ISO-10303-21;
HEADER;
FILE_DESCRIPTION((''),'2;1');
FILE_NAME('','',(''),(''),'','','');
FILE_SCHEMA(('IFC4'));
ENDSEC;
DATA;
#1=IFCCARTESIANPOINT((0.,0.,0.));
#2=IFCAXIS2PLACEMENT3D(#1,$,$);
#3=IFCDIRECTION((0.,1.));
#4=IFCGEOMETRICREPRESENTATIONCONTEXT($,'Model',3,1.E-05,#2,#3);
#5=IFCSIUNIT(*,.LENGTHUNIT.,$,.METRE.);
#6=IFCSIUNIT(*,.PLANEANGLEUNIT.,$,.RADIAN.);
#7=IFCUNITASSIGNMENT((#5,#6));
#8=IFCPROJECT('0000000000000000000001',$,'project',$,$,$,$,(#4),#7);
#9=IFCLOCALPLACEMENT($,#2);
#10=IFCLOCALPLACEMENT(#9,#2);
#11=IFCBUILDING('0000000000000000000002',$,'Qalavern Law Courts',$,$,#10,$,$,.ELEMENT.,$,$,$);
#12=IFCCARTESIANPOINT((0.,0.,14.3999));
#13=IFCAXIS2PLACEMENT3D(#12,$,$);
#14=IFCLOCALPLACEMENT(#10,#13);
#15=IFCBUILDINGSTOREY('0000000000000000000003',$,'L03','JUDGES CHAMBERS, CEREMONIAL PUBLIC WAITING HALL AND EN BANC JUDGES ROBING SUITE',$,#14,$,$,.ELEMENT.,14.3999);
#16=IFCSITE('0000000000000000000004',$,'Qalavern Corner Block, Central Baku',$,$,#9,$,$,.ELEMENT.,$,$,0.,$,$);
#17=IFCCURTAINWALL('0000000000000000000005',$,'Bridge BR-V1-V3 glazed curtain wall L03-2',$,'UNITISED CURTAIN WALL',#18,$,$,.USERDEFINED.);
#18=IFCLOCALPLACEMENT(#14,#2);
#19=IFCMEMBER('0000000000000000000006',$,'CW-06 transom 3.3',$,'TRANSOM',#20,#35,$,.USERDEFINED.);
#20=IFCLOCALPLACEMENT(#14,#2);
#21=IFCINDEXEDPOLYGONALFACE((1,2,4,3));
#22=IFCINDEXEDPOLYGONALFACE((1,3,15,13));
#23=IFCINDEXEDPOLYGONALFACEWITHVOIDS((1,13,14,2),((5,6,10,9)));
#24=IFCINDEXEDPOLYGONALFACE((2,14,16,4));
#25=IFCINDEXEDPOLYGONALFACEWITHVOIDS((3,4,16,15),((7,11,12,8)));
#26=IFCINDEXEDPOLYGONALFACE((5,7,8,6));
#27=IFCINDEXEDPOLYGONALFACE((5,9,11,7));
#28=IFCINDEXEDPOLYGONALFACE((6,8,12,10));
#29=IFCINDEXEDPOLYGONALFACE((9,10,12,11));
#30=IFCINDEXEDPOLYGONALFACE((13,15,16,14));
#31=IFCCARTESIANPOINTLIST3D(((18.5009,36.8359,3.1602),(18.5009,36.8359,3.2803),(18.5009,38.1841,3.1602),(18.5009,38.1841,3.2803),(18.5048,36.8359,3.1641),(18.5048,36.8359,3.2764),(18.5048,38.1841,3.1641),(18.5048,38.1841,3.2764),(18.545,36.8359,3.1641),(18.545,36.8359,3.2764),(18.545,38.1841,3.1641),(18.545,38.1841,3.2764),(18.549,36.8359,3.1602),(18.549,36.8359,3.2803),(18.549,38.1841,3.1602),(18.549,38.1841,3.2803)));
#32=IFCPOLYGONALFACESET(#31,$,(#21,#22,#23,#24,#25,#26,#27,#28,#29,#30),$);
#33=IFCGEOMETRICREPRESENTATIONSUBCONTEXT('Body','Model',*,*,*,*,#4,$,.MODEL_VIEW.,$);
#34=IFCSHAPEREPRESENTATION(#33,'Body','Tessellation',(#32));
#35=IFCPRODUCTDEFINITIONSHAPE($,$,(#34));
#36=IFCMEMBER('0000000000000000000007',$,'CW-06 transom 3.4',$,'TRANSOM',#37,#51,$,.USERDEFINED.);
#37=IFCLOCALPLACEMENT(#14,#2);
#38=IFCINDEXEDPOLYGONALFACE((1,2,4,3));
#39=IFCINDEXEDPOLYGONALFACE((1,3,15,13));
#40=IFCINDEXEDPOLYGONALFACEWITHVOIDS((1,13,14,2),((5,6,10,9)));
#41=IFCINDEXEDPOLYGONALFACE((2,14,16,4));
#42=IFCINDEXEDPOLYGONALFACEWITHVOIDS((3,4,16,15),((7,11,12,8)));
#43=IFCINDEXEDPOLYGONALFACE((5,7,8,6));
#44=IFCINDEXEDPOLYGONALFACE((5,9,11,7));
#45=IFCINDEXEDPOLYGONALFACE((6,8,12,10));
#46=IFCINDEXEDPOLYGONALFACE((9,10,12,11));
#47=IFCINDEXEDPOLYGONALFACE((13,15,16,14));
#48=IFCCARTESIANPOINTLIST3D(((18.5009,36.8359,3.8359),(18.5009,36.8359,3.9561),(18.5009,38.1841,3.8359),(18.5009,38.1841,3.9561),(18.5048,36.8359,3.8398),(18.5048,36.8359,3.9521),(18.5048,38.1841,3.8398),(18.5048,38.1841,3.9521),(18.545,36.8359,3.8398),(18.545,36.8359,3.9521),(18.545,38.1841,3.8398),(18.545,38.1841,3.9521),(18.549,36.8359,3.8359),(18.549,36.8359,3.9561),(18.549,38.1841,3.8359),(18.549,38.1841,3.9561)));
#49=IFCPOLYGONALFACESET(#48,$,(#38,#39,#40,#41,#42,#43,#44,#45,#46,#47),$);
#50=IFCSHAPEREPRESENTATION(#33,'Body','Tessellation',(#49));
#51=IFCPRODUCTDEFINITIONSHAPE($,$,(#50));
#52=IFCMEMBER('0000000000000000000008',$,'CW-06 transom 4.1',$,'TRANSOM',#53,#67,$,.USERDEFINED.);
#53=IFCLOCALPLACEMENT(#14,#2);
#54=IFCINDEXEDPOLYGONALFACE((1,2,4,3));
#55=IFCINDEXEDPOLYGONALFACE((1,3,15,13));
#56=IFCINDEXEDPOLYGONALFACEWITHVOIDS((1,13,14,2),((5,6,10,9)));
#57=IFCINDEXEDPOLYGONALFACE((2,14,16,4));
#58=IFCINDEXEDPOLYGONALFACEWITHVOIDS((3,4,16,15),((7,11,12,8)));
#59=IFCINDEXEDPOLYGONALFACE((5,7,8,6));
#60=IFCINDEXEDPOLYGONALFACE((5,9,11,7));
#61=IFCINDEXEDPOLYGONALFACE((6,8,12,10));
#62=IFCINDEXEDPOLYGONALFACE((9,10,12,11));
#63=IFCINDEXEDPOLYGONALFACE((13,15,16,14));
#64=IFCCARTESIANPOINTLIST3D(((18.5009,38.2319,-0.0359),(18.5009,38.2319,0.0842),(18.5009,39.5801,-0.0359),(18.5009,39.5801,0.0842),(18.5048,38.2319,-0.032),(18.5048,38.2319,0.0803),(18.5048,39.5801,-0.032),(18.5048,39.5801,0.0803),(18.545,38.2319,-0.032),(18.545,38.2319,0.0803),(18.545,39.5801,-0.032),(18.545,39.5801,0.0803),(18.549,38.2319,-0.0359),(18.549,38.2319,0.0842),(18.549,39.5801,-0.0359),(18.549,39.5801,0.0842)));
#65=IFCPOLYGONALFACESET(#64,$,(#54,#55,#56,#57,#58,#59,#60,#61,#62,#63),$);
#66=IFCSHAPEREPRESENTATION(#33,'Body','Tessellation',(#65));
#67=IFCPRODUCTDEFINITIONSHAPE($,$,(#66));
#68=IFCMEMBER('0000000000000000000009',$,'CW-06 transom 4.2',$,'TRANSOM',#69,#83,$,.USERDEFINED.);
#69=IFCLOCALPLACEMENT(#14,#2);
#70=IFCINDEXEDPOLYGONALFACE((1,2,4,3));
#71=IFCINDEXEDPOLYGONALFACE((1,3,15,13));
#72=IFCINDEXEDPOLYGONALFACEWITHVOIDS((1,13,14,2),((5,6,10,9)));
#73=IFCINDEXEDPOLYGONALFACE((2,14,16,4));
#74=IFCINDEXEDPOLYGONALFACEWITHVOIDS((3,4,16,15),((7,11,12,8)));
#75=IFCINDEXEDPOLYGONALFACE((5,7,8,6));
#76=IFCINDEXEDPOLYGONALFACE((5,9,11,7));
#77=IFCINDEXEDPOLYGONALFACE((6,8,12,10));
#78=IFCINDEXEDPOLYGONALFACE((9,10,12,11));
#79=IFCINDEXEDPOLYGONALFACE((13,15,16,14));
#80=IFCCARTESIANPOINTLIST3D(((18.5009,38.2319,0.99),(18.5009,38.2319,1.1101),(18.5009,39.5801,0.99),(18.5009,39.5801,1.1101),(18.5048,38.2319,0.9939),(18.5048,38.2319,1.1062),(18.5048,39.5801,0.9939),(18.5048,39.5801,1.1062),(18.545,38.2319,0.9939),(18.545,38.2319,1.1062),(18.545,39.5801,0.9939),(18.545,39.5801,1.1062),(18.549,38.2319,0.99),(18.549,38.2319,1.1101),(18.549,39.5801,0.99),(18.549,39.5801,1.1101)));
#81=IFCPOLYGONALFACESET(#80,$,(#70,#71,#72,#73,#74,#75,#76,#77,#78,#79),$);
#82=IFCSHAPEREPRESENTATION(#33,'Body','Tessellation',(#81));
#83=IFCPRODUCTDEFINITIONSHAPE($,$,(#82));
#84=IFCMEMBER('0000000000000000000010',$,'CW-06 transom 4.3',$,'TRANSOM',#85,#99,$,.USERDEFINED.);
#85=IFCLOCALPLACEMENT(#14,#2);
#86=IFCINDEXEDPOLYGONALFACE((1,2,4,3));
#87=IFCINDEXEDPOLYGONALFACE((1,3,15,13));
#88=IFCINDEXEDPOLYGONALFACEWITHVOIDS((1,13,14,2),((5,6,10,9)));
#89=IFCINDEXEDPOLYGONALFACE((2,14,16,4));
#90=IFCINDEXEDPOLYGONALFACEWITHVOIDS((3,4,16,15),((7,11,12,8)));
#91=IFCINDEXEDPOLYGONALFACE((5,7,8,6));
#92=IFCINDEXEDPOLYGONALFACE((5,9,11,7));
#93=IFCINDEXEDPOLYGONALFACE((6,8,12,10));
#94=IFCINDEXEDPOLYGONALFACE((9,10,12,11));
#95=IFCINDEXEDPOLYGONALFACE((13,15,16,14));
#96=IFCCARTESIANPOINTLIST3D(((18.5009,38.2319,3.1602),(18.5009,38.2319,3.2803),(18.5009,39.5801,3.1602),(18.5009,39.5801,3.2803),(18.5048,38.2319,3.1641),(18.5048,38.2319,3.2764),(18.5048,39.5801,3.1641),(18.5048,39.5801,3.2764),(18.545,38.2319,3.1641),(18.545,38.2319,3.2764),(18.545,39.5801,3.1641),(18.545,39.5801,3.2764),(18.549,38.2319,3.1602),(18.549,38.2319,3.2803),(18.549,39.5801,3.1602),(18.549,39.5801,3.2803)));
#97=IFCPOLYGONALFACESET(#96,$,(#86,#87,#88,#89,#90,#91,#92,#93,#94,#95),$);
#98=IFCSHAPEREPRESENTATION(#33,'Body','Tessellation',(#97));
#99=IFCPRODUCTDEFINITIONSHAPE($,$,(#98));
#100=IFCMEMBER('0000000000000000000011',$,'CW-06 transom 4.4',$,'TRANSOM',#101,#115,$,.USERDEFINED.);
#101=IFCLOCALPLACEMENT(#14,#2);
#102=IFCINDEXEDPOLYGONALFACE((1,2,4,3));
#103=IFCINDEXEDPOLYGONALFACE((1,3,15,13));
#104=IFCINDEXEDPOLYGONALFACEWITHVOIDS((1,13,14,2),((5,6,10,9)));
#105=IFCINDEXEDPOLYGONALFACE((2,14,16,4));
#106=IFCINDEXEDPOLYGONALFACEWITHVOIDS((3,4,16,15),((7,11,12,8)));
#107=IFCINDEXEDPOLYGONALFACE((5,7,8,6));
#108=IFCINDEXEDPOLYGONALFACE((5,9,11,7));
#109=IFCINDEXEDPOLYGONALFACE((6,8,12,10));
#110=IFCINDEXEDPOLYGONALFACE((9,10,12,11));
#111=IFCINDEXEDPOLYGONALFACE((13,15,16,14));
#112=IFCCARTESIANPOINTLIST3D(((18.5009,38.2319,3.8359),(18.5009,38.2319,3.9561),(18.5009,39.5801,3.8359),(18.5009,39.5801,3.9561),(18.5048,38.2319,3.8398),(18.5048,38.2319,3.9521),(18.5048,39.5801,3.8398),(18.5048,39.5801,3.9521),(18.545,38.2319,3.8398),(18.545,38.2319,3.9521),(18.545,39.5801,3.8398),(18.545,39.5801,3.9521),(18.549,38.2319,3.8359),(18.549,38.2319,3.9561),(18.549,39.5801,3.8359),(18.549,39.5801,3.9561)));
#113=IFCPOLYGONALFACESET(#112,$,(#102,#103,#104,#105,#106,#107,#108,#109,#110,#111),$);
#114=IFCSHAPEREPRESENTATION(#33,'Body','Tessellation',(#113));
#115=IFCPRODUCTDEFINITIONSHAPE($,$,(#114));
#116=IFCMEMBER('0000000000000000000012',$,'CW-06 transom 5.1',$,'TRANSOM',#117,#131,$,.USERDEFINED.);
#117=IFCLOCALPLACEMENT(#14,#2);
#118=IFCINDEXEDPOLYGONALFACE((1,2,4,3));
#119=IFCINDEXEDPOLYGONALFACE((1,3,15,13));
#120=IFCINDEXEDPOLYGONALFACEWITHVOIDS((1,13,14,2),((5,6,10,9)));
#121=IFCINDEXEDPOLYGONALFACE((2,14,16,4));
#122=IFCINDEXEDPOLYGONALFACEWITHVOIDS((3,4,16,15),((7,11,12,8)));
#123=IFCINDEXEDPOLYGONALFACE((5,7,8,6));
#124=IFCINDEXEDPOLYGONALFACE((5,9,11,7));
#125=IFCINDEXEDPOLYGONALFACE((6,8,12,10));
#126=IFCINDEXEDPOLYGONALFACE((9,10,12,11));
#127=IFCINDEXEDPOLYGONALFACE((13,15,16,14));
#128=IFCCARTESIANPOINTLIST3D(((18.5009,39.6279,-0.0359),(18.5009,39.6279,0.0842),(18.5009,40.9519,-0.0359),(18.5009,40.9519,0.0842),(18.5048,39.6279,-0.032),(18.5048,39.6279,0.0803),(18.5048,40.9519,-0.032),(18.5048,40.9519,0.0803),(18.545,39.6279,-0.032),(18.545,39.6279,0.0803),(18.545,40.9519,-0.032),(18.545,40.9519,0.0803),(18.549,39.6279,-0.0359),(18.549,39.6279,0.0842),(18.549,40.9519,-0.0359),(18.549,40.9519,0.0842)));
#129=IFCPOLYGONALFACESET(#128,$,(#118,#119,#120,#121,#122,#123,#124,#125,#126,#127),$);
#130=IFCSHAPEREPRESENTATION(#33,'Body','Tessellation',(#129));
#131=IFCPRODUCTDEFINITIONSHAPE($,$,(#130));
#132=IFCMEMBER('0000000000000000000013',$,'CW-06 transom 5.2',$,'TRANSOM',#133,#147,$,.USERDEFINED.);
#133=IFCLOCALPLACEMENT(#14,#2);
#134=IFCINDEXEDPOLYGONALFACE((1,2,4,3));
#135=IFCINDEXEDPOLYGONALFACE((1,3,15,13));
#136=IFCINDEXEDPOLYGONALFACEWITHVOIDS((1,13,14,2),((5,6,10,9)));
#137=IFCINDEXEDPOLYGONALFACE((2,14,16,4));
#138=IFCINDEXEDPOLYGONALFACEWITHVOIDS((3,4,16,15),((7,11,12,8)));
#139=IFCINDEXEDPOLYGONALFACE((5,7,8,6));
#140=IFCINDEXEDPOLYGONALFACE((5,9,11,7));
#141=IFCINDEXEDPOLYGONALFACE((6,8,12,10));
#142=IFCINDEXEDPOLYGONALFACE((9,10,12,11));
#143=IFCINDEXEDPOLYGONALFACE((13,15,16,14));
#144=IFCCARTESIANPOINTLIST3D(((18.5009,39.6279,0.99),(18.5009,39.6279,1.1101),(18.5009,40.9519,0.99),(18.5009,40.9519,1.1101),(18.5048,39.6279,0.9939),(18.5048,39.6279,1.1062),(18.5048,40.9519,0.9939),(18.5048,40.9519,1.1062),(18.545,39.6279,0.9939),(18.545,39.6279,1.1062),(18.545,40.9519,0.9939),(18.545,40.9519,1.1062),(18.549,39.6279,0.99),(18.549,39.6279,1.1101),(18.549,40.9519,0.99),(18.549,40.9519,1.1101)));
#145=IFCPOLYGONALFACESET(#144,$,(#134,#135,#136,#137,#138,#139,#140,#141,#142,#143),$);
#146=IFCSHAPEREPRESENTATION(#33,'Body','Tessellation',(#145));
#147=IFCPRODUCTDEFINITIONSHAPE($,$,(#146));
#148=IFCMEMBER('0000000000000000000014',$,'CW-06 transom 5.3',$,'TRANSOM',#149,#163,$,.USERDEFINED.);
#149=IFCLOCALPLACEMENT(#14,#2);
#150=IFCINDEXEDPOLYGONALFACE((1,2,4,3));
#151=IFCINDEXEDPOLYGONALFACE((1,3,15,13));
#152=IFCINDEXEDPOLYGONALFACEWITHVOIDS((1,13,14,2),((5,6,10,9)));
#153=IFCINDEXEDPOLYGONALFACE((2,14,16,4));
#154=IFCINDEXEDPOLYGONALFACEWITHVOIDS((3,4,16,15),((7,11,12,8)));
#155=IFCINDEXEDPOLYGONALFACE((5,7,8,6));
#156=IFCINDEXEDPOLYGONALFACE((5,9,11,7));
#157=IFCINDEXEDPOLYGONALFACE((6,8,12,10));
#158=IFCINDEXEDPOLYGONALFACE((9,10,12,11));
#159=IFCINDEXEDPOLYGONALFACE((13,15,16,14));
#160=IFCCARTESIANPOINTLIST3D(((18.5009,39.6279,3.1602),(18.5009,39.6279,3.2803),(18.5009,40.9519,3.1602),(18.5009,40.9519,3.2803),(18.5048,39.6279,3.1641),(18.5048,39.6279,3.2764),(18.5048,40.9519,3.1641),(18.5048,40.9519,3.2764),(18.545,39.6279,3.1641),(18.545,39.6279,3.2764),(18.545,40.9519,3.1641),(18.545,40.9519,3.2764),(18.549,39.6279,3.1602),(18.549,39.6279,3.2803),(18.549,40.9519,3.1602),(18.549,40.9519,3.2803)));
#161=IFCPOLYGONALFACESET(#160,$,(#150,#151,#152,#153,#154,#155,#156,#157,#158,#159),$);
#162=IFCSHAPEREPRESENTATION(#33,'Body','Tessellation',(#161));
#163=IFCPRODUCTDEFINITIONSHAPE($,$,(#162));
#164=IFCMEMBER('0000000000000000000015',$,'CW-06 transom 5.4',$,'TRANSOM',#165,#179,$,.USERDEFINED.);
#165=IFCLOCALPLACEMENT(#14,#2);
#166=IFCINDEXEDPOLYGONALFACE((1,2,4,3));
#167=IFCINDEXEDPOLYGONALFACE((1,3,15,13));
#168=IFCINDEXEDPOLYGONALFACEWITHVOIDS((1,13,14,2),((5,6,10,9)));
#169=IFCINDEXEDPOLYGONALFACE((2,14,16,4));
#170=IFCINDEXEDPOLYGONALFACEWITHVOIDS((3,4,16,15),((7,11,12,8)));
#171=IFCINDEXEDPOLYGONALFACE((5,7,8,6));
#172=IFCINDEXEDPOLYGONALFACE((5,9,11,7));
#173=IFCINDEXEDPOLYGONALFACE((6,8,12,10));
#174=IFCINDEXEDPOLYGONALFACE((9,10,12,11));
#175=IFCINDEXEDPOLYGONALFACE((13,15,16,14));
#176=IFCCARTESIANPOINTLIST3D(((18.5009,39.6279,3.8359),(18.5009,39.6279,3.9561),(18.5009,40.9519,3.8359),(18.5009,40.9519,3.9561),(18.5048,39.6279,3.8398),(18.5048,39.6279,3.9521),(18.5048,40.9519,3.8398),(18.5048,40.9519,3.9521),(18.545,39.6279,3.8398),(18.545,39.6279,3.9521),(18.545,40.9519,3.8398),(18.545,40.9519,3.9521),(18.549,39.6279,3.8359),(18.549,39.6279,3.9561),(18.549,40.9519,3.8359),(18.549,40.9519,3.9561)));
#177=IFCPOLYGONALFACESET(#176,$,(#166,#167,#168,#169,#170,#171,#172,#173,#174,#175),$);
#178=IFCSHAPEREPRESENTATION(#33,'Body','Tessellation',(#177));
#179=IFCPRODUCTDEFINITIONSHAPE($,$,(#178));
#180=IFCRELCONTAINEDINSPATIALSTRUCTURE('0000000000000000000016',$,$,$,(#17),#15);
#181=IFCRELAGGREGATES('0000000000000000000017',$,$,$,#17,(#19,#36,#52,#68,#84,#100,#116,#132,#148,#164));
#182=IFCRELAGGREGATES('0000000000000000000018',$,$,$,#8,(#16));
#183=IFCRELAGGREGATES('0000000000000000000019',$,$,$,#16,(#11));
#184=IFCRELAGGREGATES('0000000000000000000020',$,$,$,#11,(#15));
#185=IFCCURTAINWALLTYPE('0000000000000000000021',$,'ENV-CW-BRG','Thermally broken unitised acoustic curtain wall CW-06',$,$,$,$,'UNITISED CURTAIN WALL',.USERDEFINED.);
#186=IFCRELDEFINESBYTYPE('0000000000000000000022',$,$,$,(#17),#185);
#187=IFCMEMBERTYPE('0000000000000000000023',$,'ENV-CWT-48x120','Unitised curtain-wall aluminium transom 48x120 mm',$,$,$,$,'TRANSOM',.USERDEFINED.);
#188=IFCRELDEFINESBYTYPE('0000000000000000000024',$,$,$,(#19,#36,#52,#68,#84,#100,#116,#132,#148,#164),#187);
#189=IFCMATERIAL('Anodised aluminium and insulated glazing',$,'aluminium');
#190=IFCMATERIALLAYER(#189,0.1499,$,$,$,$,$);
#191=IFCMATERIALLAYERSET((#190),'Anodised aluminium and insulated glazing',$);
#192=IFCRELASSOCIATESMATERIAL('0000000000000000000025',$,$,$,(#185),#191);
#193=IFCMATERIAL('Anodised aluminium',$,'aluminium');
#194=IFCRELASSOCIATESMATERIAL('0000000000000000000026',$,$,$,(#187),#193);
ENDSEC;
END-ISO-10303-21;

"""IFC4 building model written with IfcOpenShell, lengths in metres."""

from ifc_helpers import new_model, si_unit, direction, frame, origin, origin_2d, place, context, subcontext, project, spatial, hollow_rectangle, extrude, material, layer, layer_set, material_profile, profile_set, type_object, element, aggregate, save


model = new_model("IFC4")

# Units and contexts
model_context = context("Model", 3, precision=1e-05, world=origin(), true_north=direction((0.0, 1.0)))
body_context = subcontext(model_context, "Body", "Model", "MODEL_VIEW")
ifc_project = project(units=[si_unit("LENGTHUNIT", "METRE"), si_unit("PLANEANGLEUNIT", "RADIAN")], contexts=[model_context])

# Site, building, storey
site_placement = place(None, origin())
site = spatial("IfcSite", under=ifc_project, at=site_placement, Name="Qalavern Corner Block, Central Baku", CompositionType="ELEMENT", RefElevation=0.0)
building_placement = place(site_placement, origin())
building = spatial("IfcBuilding", under=site, at=building_placement, Name="Qalavern Law Courts", CompositionType="ELEMENT")
storey_placement = place(building_placement, frame((0.0, 0.0, 14.3999)))
storey = spatial("IfcBuildingStorey", under=building, at=storey_placement, Name="L03", Description="JUDGES CHAMBERS, CEREMONIAL PUBLIC WAITING HALL AND EN BANC JUDGES ROBING SUITE", CompositionType="ELEMENT", Elevation=14.3999)

# Curtain wall
ifc_material_1 = material(Name="Anodised aluminium and insulated glazing", Category="aluminium")
ifc_layer_1 = layer(ifc_material_1, 0.1499)
ifc_layer_set_1 = layer_set([ifc_layer_1], Name="Anodised aluminium and insulated glazing")
curtain_wall_type = type_object("IfcCurtainWallType", Name="ENV-CW-BRG", Description="Thermally broken unitised acoustic curtain wall CW-06", ElementType="UNITISED CURTAIN WALL", PredefinedType="USERDEFINED", material=ifc_layer_set_1)
curtain_wall_1_placement = place(storey_placement, origin())
curtain_wall_1 = element("IfcCurtainWall", 1, at=curtain_wall_1_placement, inside=storey, type_object=curtain_wall_type, Name="Bridge BR-V1-V3 glazed curtain wall L03-2", ObjectType="UNITISED CURTAIN WALL", PredefinedType="USERDEFINED")
ifc_material_2 = material(Name="Anodised aluminium", Category="aluminium")

# Shared definitions
ifc_material_profile_1 = material_profile(ifc_material_2, hollow_rectangle(XDim=0.0481, YDim=0.1201, WallThickness=0.0039, at=origin_2d()), Name="ALU TRANSOM 48x120")
ifc_profile_set_1 = profile_set([ifc_material_profile_1], Name="Anodised aluminium")
member_type_1 = type_object("IfcMemberType", Name="ENV-CWT-48x120", Description="Unitised curtain-wall aluminium transom 48x120 mm", ElementType="TRANSOM", PredefinedType="USERDEFINED", material=ifc_profile_set_1)

# Members
member_1_placement = place(storey_placement, frame((18.5249, 36.8359, 3.2202), z_axis=(0.0, 1.0, 0.0), x_axis=(-1.0, 0.0, 0.0)))
member_1 = element("IfcMember", 2, at=member_1_placement, type_object=member_type_1, Name="CW-06 transom 3.3", ObjectType="TRANSOM", PredefinedType="USERDEFINED", context=body_context, shape_type="SweptSolid", body=[
    extrude(hollow_rectangle(XDim=0.0481, YDim=0.1201, WallThickness=0.0039, at=origin_2d()), origin(), (0.0, 0.0, 1.0), 1.3481),
])
member_2_placement = place(storey_placement, frame((18.5249, 36.8359, 3.896), z_axis=(0.0, 1.0, 0.0), x_axis=(-1.0, 0.0, 0.0)))
member_2 = element("IfcMember", 3, at=member_2_placement, type_object=member_type_1, Name="CW-06 transom 3.4", ObjectType="TRANSOM", PredefinedType="USERDEFINED", context=body_context, shape_type="SweptSolid", body=[
    extrude(hollow_rectangle(XDim=0.0481, YDim=0.1201, WallThickness=0.0039, at=origin_2d()), origin(), (0.0, 0.0, 1.0), 1.3481),
])
member_3_placement = place(storey_placement, frame((18.5249, 38.2319, 0.0242), z_axis=(0.0, 1.0, 0.0), x_axis=(-1.0, 0.0, 0.0)))
member_3 = element("IfcMember", 4, at=member_3_placement, type_object=member_type_1, Name="CW-06 transom 4.1", ObjectType="TRANSOM", PredefinedType="USERDEFINED", context=body_context, shape_type="SweptSolid", body=[
    extrude(hollow_rectangle(XDim=0.0481, YDim=0.1201, WallThickness=0.0039, at=origin_2d()), origin(), (0.0, 0.0, 1.0), 1.3481),
])
member_4_placement = place(storey_placement, frame((18.5249, 38.2319, 1.05), z_axis=(0.0, 1.0, 0.0), x_axis=(-1.0, 0.0, 0.0)))
member_4 = element("IfcMember", 5, at=member_4_placement, type_object=member_type_1, Name="CW-06 transom 4.2", ObjectType="TRANSOM", PredefinedType="USERDEFINED", context=body_context, shape_type="SweptSolid", body=[
    extrude(hollow_rectangle(XDim=0.0481, YDim=0.1201, WallThickness=0.0039, at=origin_2d()), origin(), (0.0, 0.0, 1.0), 1.3481),
])
member_5_placement = place(storey_placement, frame((18.5249, 38.2319, 3.2202), z_axis=(0.0, 1.0, 0.0), x_axis=(-1.0, 0.0, 0.0)))
member_5 = element("IfcMember", 6, at=member_5_placement, type_object=member_type_1, Name="CW-06 transom 4.3", ObjectType="TRANSOM", PredefinedType="USERDEFINED", context=body_context, shape_type="SweptSolid", body=[
    extrude(hollow_rectangle(XDim=0.0481, YDim=0.1201, WallThickness=0.0039, at=origin_2d()), origin(), (0.0, 0.0, 1.0), 1.3481),
])
member_6_placement = place(storey_placement, frame((18.5249, 38.2319, 3.896), z_axis=(0.0, 1.0, 0.0), x_axis=(-1.0, 0.0, 0.0)))
member_6 = element("IfcMember", 7, at=member_6_placement, type_object=member_type_1, Name="CW-06 transom 4.4", ObjectType="TRANSOM", PredefinedType="USERDEFINED", context=body_context, shape_type="SweptSolid", body=[
    extrude(hollow_rectangle(XDim=0.0481, YDim=0.1201, WallThickness=0.0039, at=origin_2d()), origin(), (0.0, 0.0, 1.0), 1.3481),
])
member_7_placement = place(storey_placement, frame((18.5249, 39.6279, 0.0242), z_axis=(0.0, 1.0, 0.0), x_axis=(-1.0, 0.0, 0.0)))
member_7 = element("IfcMember", 8, at=member_7_placement, type_object=member_type_1, Name="CW-06 transom 5.1", ObjectType="TRANSOM", PredefinedType="USERDEFINED", context=body_context, shape_type="SweptSolid", body=[
    extrude(hollow_rectangle(XDim=0.0481, YDim=0.1201, WallThickness=0.0039, at=origin_2d()), origin(), (0.0, 0.0, 1.0), 1.324),
])
member_8_placement = place(storey_placement, frame((18.5249, 39.6279, 1.05), z_axis=(0.0, 1.0, 0.0), x_axis=(-1.0, 0.0, 0.0)))
member_8 = element("IfcMember", 9, at=member_8_placement, type_object=member_type_1, Name="CW-06 transom 5.2", ObjectType="TRANSOM", PredefinedType="USERDEFINED", context=body_context, shape_type="SweptSolid", body=[
    extrude(hollow_rectangle(XDim=0.0481, YDim=0.1201, WallThickness=0.0039, at=origin_2d()), origin(), (0.0, 0.0, 1.0), 1.324),
])
member_9_placement = place(storey_placement, frame((18.5249, 39.6279, 3.2202), z_axis=(0.0, 1.0, 0.0), x_axis=(-1.0, 0.0, 0.0)))
member_9 = element("IfcMember", 10, at=member_9_placement, type_object=member_type_1, Name="CW-06 transom 5.3", ObjectType="TRANSOM", PredefinedType="USERDEFINED", context=body_context, shape_type="SweptSolid", body=[
    extrude(hollow_rectangle(XDim=0.0481, YDim=0.1201, WallThickness=0.0039, at=origin_2d()), origin(), (0.0, 0.0, 1.0), 1.324),
])
member_10_placement = place(storey_placement, frame((18.5249, 39.6279, 3.896), z_axis=(0.0, 1.0, 0.0), x_axis=(-1.0, 0.0, 0.0)))
member_10 = element("IfcMember", 11, at=member_10_placement, type_object=member_type_1, Name="CW-06 transom 5.4", ObjectType="TRANSOM", PredefinedType="USERDEFINED", context=body_context, shape_type="SweptSolid", body=[
    extrude(hollow_rectangle(XDim=0.0481, YDim=0.1201, WallThickness=0.0039, at=origin_2d()), origin(), (0.0, 0.0, 1.0), 1.324),
])

aggregate(curtain_wall_1, [member_1, member_2, member_3, member_4, member_5, member_6, member_7, member_8, member_9, member_10])

save(model, "model.ifc")
